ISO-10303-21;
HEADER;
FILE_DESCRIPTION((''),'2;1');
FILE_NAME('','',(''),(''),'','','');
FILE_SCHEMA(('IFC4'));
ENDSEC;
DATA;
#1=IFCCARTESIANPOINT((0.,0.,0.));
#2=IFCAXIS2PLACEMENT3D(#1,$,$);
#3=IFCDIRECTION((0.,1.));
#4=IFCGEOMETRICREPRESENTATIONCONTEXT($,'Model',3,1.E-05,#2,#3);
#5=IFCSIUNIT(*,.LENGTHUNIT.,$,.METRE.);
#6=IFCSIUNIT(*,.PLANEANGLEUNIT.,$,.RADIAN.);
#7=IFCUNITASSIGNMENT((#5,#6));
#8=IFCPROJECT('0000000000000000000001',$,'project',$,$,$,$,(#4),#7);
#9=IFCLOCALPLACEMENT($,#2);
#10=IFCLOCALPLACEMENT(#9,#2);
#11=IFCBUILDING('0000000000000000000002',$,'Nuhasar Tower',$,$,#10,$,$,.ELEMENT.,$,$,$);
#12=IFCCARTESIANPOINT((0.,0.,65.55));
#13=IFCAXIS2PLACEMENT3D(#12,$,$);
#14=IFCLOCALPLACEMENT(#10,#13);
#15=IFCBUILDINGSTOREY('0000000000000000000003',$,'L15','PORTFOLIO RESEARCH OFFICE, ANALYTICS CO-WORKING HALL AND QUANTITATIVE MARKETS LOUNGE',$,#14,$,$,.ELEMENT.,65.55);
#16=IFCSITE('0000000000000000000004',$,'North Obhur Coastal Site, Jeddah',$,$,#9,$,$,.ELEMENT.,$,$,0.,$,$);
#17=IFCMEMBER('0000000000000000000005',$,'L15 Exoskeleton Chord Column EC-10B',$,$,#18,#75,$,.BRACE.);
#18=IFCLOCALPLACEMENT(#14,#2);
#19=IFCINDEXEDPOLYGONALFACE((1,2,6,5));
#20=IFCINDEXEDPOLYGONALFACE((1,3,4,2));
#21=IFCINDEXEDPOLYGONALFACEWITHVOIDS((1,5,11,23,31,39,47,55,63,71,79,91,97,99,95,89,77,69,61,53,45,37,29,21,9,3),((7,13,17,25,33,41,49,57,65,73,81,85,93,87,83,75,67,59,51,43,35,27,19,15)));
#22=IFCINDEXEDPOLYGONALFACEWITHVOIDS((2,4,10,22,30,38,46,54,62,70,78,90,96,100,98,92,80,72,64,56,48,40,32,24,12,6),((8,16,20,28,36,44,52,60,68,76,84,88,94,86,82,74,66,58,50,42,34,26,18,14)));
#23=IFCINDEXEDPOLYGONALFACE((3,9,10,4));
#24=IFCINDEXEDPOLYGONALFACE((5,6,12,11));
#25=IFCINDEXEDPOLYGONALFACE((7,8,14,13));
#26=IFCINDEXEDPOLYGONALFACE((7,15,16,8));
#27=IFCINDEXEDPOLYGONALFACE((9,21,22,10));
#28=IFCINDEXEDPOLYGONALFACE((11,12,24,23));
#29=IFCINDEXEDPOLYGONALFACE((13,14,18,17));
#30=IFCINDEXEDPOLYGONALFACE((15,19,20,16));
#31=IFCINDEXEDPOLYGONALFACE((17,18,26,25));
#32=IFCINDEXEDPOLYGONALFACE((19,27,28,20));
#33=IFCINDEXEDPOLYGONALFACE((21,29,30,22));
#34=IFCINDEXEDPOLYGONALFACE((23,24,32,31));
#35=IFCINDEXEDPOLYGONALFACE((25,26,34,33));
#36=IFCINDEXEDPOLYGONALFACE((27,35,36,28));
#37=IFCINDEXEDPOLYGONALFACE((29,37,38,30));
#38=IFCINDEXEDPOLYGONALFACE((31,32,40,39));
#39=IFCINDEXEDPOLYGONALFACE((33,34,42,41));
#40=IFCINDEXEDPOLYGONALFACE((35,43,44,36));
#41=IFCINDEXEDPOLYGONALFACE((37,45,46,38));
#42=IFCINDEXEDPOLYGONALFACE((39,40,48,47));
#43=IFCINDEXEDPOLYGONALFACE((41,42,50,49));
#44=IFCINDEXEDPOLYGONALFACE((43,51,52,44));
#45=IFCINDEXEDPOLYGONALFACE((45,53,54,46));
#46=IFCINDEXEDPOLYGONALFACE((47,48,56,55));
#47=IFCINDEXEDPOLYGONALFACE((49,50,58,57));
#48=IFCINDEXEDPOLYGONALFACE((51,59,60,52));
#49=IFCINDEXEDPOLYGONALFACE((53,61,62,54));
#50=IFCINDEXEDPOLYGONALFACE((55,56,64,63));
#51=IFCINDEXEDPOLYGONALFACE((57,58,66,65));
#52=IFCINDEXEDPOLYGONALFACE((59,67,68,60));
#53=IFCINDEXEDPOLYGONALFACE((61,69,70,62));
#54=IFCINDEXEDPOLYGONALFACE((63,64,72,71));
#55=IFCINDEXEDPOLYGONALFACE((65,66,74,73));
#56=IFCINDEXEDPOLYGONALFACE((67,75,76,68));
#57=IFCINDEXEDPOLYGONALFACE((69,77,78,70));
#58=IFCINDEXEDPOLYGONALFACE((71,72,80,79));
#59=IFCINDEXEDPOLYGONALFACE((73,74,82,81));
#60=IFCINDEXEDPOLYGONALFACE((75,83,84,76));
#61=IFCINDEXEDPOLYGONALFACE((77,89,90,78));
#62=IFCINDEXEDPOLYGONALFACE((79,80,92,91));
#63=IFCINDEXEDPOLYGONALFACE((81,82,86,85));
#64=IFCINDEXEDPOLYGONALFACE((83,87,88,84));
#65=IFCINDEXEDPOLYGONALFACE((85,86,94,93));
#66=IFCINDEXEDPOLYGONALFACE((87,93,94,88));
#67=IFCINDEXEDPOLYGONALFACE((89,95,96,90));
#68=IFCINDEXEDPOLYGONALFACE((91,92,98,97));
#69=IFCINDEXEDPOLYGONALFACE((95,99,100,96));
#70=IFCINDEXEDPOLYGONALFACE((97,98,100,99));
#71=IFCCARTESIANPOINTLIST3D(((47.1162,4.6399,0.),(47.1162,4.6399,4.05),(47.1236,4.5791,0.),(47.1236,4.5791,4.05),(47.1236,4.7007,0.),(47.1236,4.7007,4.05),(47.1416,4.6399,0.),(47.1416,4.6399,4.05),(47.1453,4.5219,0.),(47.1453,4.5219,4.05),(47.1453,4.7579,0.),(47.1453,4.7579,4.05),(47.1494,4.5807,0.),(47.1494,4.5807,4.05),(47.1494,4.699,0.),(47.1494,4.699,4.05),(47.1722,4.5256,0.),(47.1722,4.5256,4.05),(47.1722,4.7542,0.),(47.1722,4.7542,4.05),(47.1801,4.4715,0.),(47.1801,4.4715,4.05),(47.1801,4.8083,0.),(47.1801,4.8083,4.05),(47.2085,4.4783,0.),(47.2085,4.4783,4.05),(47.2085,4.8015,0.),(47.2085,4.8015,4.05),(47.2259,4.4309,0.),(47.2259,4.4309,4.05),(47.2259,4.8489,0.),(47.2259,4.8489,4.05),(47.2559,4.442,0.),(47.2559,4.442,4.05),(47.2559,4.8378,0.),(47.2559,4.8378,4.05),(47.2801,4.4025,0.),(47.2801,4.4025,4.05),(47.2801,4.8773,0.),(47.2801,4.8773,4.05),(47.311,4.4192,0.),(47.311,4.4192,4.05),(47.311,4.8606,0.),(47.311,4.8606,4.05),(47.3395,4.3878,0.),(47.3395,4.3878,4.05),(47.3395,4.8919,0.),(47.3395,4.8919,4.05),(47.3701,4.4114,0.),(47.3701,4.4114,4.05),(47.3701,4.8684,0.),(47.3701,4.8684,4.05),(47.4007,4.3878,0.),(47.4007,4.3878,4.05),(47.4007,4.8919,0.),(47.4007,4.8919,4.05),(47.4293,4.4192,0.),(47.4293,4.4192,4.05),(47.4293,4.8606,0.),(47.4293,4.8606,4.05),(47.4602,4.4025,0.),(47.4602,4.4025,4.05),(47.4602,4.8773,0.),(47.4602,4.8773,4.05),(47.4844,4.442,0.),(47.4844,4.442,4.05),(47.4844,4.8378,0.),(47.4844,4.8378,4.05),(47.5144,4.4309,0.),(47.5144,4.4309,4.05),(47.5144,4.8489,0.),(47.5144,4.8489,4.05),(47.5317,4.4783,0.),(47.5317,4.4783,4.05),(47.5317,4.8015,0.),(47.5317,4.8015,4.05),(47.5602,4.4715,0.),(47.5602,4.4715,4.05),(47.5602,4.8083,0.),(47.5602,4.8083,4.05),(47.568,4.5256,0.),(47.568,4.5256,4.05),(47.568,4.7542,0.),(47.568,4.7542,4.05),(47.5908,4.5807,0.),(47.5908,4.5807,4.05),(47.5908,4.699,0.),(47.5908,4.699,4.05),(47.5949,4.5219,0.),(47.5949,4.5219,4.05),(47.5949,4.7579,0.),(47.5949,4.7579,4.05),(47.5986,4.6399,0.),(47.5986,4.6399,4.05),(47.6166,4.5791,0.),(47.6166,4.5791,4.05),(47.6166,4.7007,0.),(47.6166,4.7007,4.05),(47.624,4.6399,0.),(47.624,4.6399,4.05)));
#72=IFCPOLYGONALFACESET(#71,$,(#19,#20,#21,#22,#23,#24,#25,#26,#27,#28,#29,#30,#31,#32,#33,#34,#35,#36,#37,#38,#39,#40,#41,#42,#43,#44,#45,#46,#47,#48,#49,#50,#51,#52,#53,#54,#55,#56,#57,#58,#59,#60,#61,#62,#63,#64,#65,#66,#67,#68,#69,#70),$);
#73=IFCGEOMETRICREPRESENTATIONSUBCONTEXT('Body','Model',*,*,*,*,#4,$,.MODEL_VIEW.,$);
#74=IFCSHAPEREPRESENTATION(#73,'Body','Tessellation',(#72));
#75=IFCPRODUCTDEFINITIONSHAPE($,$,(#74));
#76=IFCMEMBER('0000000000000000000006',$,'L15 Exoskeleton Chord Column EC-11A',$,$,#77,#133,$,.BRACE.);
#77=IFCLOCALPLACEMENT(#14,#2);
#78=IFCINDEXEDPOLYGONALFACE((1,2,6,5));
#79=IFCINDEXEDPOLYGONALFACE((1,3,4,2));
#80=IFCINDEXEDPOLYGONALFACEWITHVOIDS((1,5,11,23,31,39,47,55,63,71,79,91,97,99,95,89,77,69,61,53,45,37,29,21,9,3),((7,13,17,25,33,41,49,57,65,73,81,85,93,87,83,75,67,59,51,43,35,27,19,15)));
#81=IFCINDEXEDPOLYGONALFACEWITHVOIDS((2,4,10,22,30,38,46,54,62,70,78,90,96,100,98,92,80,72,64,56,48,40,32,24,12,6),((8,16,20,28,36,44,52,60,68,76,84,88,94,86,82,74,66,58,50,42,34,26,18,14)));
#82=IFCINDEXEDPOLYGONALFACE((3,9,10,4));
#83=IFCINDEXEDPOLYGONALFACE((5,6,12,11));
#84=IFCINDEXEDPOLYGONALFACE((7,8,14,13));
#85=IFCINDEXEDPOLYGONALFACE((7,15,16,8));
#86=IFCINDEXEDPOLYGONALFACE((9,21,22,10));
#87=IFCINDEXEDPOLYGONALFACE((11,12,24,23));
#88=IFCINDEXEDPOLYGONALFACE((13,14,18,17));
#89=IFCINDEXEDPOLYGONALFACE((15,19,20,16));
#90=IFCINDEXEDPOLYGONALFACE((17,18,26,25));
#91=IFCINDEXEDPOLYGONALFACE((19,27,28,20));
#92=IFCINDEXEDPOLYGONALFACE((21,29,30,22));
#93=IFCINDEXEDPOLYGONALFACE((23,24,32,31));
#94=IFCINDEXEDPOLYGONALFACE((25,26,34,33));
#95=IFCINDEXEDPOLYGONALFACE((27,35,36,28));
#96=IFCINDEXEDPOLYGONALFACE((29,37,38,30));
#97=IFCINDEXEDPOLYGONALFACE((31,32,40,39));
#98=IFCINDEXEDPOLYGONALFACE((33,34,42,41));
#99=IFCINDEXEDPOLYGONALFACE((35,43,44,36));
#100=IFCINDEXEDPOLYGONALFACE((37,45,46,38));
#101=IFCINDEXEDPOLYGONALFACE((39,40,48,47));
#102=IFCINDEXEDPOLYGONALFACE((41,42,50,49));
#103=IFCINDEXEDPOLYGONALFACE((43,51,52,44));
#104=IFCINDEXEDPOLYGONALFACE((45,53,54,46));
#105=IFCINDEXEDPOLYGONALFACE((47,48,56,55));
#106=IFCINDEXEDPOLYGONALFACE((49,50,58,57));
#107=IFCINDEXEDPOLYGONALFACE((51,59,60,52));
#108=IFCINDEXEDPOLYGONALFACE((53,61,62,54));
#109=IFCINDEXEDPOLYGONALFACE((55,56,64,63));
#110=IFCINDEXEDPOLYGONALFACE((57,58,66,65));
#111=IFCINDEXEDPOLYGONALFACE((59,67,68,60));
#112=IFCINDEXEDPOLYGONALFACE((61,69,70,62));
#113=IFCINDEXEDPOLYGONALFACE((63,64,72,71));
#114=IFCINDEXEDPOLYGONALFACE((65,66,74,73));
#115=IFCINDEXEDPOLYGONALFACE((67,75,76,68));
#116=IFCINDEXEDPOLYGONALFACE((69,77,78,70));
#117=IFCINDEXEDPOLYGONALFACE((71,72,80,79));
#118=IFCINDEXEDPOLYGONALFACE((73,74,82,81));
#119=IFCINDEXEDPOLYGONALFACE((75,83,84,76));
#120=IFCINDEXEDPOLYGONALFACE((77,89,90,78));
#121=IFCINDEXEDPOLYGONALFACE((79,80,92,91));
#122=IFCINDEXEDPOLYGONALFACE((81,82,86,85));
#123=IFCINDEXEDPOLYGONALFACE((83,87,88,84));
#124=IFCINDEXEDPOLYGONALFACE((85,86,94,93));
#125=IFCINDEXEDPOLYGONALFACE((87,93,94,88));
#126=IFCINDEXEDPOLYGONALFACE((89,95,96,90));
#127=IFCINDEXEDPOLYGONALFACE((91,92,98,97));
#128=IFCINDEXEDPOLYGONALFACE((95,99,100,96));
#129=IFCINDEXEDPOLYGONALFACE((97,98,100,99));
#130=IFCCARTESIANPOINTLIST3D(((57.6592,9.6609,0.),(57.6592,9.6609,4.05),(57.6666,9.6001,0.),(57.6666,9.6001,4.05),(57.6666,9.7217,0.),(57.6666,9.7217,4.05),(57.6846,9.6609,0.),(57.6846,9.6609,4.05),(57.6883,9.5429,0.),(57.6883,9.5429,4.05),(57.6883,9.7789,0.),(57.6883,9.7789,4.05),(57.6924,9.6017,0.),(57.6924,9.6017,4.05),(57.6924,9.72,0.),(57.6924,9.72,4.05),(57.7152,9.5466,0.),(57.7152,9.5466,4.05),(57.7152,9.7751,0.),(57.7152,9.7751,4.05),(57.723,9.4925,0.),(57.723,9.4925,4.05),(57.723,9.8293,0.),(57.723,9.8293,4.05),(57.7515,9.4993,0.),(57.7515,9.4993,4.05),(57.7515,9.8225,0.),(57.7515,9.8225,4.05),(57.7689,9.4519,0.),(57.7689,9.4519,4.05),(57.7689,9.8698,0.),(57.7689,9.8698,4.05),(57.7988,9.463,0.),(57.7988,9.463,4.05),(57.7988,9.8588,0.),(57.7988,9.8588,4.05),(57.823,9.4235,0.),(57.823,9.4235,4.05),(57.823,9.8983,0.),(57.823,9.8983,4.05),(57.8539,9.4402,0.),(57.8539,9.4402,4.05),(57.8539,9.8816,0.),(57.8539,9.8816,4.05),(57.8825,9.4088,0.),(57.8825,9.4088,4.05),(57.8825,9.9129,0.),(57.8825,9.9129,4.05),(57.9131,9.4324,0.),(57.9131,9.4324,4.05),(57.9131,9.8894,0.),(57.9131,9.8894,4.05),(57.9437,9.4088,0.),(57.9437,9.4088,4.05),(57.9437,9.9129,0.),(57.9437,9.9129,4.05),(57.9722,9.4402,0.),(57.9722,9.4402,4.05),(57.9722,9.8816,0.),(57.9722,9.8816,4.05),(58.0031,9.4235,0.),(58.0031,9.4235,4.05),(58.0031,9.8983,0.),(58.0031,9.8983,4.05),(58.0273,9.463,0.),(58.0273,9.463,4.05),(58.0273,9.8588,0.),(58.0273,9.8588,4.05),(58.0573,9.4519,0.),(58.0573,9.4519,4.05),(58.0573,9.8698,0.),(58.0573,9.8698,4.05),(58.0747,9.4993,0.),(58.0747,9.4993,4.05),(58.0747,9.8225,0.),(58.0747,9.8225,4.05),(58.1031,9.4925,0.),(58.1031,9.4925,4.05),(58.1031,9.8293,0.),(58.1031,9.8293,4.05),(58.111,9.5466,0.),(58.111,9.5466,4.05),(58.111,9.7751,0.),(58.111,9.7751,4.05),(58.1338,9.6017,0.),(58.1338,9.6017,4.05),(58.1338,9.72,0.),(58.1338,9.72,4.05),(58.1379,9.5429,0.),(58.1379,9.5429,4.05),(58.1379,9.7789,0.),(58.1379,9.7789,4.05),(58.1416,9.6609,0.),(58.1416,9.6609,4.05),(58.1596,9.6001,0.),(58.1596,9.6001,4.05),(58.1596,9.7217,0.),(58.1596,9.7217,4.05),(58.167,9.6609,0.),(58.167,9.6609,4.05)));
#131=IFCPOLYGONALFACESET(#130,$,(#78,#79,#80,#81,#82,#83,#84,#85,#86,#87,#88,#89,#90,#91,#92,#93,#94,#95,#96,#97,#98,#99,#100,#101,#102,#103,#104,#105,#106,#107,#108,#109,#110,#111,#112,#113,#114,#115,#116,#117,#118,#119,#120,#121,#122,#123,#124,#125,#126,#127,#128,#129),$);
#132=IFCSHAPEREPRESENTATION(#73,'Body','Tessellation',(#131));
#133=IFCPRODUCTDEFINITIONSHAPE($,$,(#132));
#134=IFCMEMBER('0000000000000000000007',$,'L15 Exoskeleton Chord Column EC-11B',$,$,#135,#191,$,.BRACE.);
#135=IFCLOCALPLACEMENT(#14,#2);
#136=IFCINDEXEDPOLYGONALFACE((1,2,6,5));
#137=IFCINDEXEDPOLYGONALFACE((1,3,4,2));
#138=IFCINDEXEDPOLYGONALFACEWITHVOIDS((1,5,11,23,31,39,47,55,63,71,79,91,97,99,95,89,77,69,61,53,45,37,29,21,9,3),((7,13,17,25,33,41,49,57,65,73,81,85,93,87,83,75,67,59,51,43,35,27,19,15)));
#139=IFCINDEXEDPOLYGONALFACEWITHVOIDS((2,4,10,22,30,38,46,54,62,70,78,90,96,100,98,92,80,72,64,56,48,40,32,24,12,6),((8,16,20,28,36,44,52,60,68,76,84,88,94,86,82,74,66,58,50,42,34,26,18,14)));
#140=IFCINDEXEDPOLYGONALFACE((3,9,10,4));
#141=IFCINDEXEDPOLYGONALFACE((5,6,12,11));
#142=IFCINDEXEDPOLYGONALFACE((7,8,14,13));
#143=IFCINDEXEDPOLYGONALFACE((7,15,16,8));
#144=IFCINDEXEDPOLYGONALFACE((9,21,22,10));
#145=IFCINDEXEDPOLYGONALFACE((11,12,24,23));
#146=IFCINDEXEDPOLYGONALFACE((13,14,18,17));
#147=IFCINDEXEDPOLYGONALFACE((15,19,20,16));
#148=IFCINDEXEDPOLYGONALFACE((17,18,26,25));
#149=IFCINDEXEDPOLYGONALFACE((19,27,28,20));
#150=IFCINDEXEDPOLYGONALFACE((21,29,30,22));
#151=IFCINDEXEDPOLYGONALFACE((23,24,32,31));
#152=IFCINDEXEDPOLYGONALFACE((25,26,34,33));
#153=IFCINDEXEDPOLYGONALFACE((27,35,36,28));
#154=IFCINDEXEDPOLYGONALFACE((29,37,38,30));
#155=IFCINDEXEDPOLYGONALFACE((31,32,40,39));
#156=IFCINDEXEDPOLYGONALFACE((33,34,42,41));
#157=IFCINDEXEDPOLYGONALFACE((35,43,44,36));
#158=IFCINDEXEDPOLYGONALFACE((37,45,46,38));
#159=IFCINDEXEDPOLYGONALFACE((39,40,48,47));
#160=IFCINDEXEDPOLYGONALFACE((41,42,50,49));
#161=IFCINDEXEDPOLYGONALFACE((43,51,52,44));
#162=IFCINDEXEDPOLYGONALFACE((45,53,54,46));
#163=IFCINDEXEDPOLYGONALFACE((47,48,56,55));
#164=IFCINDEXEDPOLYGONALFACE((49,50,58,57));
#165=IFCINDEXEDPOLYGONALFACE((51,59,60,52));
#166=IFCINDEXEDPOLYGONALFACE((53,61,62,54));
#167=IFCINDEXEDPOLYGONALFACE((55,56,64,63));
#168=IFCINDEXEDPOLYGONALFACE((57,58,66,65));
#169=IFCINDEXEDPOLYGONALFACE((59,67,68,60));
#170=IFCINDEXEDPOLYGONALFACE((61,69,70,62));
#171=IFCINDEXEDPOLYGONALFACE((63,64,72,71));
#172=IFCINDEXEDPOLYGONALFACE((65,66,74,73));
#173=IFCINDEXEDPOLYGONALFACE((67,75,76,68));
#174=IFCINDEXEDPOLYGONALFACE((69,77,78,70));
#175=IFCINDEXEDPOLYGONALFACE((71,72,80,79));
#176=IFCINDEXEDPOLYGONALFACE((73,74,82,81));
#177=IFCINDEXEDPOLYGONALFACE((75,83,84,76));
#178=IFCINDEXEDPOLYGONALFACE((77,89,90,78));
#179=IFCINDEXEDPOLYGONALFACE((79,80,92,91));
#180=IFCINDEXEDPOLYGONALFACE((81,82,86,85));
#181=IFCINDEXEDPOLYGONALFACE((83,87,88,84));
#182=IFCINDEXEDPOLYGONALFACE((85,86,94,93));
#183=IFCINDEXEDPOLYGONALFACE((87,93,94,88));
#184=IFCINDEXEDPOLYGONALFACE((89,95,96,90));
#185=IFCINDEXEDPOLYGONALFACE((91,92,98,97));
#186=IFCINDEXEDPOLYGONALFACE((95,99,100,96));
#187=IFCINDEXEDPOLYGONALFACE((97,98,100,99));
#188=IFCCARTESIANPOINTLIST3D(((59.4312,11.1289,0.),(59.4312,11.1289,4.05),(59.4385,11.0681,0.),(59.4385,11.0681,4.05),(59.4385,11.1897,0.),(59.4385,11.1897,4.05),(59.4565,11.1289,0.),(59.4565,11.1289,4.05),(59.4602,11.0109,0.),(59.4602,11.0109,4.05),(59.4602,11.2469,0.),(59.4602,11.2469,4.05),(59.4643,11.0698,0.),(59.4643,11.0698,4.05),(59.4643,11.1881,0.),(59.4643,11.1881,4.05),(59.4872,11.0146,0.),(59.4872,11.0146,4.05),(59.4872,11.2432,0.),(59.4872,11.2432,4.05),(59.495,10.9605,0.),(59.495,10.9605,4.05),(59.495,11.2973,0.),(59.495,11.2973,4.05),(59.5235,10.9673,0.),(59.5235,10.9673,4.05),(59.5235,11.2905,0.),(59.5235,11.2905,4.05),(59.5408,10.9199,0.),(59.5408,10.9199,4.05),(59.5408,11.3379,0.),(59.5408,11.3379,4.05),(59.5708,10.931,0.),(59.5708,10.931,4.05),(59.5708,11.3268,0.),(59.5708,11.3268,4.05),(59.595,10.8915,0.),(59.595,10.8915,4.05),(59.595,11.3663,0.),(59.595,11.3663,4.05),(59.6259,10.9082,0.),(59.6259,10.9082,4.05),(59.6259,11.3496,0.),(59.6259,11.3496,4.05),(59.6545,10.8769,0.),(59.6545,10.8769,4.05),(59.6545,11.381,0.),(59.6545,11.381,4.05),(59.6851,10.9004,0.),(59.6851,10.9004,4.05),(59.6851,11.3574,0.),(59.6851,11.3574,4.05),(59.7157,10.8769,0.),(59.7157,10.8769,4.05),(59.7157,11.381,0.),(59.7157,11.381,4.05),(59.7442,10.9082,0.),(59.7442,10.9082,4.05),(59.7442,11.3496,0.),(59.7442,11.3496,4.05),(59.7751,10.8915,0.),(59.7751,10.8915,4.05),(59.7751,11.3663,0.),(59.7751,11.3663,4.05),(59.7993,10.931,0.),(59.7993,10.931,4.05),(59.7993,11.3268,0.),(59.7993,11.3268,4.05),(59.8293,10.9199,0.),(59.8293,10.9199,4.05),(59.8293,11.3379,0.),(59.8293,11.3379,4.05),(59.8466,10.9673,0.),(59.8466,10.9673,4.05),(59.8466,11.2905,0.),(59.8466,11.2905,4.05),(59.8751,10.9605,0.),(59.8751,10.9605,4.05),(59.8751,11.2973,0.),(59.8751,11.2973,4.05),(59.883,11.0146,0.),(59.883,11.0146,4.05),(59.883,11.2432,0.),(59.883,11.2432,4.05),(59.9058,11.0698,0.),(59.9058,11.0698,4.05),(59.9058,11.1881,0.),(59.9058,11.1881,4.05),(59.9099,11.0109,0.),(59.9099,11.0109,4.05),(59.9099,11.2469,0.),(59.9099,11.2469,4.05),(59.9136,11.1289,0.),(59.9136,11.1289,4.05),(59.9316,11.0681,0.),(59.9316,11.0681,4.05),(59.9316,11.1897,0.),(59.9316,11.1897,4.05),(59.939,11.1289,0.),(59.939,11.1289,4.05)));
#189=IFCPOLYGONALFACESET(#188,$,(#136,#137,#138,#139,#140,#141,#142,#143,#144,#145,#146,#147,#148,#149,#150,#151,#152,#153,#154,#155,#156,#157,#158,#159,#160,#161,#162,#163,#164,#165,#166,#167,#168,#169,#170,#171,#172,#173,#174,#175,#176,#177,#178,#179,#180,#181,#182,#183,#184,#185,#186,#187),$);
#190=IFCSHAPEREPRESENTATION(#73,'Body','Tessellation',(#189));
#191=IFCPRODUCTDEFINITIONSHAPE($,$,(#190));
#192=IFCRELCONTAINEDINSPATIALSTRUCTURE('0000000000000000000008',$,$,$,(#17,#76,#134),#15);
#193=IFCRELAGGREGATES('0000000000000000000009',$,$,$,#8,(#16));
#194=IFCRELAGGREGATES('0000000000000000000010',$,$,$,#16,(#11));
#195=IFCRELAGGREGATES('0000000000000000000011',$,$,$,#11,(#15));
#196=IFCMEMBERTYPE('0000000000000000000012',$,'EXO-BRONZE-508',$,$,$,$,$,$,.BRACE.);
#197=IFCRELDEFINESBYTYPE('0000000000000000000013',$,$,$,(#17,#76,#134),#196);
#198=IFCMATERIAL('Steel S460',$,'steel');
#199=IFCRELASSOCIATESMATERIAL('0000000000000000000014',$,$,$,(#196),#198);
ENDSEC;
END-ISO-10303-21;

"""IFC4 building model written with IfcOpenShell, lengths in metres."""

from ifc_helpers import new_model, si_unit, direction, frame, origin, origin_2d, place, context, subcontext, project, spatial, hollow_circle, extrude, material, material_profile, profile_set, type_object, element, save


model = new_model("IFC4")

# Units and contexts
model_context = context("Model", 3, precision=1e-05, world=origin(), true_north=direction((0.0, 1.0)))
body_context = subcontext(model_context, "Body", "Model", "MODEL_VIEW")
ifc_project = project(units=[si_unit("LENGTHUNIT", "METRE"), si_unit("PLANEANGLEUNIT", "RADIAN")], contexts=[model_context])

# Site, building, storey
site_placement = place(None, origin())
site = spatial("IfcSite", under=ifc_project, at=site_placement, Name="North Obhur Coastal Site, Jeddah", CompositionType="ELEMENT", RefElevation=0.0)
building_placement = place(site_placement, origin())
building = spatial("IfcBuilding", under=site, at=building_placement, Name="Nuhasar Tower", CompositionType="ELEMENT")
storey_placement = place(building_placement, frame((0.0, 0.0, 65.55)))
storey = spatial("IfcBuildingStorey", under=building, at=storey_placement, Name="L15", Description="PORTFOLIO RESEARCH OFFICE, ANALYTICS CO-WORKING HALL AND QUANTITATIVE MARKETS LOUNGE", CompositionType="ELEMENT", Elevation=65.55)

# Members
ifc_material_1 = material(Name="Steel S460", Category="steel")
ifc_material_profile_1 = material_profile(ifc_material_1, hollow_circle(Radius=0.2539, WallThickness=0.0254, at=origin_2d()), Name="HSS508X25.4")
ifc_profile_set_1 = profile_set([ifc_material_profile_1], Name="Steel S460")
member_type_1 = type_object("IfcMemberType", Name="EXO-BRONZE-508", PredefinedType="BRACE", material=ifc_profile_set_1)
for number, where, z_axis, x_axis, name in (
    (1, (47.3701, 4.6399, 0.0), (0.0, 0.0, 1.0), (1.0, 0.0, 0.0), "L15 Exoskeleton Chord Column EC-10B"),
    (2, (57.9131, 9.6609, 0.0), (0.0, 0.0, 1.0), (1.0, 0.0, 0.0), "L15 Exoskeleton Chord Column EC-11A"),
    (3, (59.6851, 11.1289, 0.0), (0.0, 0.0, 1.0), (1.0, 0.0, 0.0), "L15 Exoskeleton Chord Column EC-11B"),
):
    element("IfcMember", number, at=place(storey_placement, frame(where, z_axis=z_axis, x_axis=x_axis)), inside=storey, type_object=member_type_1, Name=name, PredefinedType="BRACE", context=body_context, shape_type="SweptSolid", body=[
        extrude(hollow_circle(Radius=0.2539, WallThickness=0.0254, at=origin_2d()), origin(), (0.0, 0.0, 1.0), 4.05),
    ])

save(model, "model.ifc")
